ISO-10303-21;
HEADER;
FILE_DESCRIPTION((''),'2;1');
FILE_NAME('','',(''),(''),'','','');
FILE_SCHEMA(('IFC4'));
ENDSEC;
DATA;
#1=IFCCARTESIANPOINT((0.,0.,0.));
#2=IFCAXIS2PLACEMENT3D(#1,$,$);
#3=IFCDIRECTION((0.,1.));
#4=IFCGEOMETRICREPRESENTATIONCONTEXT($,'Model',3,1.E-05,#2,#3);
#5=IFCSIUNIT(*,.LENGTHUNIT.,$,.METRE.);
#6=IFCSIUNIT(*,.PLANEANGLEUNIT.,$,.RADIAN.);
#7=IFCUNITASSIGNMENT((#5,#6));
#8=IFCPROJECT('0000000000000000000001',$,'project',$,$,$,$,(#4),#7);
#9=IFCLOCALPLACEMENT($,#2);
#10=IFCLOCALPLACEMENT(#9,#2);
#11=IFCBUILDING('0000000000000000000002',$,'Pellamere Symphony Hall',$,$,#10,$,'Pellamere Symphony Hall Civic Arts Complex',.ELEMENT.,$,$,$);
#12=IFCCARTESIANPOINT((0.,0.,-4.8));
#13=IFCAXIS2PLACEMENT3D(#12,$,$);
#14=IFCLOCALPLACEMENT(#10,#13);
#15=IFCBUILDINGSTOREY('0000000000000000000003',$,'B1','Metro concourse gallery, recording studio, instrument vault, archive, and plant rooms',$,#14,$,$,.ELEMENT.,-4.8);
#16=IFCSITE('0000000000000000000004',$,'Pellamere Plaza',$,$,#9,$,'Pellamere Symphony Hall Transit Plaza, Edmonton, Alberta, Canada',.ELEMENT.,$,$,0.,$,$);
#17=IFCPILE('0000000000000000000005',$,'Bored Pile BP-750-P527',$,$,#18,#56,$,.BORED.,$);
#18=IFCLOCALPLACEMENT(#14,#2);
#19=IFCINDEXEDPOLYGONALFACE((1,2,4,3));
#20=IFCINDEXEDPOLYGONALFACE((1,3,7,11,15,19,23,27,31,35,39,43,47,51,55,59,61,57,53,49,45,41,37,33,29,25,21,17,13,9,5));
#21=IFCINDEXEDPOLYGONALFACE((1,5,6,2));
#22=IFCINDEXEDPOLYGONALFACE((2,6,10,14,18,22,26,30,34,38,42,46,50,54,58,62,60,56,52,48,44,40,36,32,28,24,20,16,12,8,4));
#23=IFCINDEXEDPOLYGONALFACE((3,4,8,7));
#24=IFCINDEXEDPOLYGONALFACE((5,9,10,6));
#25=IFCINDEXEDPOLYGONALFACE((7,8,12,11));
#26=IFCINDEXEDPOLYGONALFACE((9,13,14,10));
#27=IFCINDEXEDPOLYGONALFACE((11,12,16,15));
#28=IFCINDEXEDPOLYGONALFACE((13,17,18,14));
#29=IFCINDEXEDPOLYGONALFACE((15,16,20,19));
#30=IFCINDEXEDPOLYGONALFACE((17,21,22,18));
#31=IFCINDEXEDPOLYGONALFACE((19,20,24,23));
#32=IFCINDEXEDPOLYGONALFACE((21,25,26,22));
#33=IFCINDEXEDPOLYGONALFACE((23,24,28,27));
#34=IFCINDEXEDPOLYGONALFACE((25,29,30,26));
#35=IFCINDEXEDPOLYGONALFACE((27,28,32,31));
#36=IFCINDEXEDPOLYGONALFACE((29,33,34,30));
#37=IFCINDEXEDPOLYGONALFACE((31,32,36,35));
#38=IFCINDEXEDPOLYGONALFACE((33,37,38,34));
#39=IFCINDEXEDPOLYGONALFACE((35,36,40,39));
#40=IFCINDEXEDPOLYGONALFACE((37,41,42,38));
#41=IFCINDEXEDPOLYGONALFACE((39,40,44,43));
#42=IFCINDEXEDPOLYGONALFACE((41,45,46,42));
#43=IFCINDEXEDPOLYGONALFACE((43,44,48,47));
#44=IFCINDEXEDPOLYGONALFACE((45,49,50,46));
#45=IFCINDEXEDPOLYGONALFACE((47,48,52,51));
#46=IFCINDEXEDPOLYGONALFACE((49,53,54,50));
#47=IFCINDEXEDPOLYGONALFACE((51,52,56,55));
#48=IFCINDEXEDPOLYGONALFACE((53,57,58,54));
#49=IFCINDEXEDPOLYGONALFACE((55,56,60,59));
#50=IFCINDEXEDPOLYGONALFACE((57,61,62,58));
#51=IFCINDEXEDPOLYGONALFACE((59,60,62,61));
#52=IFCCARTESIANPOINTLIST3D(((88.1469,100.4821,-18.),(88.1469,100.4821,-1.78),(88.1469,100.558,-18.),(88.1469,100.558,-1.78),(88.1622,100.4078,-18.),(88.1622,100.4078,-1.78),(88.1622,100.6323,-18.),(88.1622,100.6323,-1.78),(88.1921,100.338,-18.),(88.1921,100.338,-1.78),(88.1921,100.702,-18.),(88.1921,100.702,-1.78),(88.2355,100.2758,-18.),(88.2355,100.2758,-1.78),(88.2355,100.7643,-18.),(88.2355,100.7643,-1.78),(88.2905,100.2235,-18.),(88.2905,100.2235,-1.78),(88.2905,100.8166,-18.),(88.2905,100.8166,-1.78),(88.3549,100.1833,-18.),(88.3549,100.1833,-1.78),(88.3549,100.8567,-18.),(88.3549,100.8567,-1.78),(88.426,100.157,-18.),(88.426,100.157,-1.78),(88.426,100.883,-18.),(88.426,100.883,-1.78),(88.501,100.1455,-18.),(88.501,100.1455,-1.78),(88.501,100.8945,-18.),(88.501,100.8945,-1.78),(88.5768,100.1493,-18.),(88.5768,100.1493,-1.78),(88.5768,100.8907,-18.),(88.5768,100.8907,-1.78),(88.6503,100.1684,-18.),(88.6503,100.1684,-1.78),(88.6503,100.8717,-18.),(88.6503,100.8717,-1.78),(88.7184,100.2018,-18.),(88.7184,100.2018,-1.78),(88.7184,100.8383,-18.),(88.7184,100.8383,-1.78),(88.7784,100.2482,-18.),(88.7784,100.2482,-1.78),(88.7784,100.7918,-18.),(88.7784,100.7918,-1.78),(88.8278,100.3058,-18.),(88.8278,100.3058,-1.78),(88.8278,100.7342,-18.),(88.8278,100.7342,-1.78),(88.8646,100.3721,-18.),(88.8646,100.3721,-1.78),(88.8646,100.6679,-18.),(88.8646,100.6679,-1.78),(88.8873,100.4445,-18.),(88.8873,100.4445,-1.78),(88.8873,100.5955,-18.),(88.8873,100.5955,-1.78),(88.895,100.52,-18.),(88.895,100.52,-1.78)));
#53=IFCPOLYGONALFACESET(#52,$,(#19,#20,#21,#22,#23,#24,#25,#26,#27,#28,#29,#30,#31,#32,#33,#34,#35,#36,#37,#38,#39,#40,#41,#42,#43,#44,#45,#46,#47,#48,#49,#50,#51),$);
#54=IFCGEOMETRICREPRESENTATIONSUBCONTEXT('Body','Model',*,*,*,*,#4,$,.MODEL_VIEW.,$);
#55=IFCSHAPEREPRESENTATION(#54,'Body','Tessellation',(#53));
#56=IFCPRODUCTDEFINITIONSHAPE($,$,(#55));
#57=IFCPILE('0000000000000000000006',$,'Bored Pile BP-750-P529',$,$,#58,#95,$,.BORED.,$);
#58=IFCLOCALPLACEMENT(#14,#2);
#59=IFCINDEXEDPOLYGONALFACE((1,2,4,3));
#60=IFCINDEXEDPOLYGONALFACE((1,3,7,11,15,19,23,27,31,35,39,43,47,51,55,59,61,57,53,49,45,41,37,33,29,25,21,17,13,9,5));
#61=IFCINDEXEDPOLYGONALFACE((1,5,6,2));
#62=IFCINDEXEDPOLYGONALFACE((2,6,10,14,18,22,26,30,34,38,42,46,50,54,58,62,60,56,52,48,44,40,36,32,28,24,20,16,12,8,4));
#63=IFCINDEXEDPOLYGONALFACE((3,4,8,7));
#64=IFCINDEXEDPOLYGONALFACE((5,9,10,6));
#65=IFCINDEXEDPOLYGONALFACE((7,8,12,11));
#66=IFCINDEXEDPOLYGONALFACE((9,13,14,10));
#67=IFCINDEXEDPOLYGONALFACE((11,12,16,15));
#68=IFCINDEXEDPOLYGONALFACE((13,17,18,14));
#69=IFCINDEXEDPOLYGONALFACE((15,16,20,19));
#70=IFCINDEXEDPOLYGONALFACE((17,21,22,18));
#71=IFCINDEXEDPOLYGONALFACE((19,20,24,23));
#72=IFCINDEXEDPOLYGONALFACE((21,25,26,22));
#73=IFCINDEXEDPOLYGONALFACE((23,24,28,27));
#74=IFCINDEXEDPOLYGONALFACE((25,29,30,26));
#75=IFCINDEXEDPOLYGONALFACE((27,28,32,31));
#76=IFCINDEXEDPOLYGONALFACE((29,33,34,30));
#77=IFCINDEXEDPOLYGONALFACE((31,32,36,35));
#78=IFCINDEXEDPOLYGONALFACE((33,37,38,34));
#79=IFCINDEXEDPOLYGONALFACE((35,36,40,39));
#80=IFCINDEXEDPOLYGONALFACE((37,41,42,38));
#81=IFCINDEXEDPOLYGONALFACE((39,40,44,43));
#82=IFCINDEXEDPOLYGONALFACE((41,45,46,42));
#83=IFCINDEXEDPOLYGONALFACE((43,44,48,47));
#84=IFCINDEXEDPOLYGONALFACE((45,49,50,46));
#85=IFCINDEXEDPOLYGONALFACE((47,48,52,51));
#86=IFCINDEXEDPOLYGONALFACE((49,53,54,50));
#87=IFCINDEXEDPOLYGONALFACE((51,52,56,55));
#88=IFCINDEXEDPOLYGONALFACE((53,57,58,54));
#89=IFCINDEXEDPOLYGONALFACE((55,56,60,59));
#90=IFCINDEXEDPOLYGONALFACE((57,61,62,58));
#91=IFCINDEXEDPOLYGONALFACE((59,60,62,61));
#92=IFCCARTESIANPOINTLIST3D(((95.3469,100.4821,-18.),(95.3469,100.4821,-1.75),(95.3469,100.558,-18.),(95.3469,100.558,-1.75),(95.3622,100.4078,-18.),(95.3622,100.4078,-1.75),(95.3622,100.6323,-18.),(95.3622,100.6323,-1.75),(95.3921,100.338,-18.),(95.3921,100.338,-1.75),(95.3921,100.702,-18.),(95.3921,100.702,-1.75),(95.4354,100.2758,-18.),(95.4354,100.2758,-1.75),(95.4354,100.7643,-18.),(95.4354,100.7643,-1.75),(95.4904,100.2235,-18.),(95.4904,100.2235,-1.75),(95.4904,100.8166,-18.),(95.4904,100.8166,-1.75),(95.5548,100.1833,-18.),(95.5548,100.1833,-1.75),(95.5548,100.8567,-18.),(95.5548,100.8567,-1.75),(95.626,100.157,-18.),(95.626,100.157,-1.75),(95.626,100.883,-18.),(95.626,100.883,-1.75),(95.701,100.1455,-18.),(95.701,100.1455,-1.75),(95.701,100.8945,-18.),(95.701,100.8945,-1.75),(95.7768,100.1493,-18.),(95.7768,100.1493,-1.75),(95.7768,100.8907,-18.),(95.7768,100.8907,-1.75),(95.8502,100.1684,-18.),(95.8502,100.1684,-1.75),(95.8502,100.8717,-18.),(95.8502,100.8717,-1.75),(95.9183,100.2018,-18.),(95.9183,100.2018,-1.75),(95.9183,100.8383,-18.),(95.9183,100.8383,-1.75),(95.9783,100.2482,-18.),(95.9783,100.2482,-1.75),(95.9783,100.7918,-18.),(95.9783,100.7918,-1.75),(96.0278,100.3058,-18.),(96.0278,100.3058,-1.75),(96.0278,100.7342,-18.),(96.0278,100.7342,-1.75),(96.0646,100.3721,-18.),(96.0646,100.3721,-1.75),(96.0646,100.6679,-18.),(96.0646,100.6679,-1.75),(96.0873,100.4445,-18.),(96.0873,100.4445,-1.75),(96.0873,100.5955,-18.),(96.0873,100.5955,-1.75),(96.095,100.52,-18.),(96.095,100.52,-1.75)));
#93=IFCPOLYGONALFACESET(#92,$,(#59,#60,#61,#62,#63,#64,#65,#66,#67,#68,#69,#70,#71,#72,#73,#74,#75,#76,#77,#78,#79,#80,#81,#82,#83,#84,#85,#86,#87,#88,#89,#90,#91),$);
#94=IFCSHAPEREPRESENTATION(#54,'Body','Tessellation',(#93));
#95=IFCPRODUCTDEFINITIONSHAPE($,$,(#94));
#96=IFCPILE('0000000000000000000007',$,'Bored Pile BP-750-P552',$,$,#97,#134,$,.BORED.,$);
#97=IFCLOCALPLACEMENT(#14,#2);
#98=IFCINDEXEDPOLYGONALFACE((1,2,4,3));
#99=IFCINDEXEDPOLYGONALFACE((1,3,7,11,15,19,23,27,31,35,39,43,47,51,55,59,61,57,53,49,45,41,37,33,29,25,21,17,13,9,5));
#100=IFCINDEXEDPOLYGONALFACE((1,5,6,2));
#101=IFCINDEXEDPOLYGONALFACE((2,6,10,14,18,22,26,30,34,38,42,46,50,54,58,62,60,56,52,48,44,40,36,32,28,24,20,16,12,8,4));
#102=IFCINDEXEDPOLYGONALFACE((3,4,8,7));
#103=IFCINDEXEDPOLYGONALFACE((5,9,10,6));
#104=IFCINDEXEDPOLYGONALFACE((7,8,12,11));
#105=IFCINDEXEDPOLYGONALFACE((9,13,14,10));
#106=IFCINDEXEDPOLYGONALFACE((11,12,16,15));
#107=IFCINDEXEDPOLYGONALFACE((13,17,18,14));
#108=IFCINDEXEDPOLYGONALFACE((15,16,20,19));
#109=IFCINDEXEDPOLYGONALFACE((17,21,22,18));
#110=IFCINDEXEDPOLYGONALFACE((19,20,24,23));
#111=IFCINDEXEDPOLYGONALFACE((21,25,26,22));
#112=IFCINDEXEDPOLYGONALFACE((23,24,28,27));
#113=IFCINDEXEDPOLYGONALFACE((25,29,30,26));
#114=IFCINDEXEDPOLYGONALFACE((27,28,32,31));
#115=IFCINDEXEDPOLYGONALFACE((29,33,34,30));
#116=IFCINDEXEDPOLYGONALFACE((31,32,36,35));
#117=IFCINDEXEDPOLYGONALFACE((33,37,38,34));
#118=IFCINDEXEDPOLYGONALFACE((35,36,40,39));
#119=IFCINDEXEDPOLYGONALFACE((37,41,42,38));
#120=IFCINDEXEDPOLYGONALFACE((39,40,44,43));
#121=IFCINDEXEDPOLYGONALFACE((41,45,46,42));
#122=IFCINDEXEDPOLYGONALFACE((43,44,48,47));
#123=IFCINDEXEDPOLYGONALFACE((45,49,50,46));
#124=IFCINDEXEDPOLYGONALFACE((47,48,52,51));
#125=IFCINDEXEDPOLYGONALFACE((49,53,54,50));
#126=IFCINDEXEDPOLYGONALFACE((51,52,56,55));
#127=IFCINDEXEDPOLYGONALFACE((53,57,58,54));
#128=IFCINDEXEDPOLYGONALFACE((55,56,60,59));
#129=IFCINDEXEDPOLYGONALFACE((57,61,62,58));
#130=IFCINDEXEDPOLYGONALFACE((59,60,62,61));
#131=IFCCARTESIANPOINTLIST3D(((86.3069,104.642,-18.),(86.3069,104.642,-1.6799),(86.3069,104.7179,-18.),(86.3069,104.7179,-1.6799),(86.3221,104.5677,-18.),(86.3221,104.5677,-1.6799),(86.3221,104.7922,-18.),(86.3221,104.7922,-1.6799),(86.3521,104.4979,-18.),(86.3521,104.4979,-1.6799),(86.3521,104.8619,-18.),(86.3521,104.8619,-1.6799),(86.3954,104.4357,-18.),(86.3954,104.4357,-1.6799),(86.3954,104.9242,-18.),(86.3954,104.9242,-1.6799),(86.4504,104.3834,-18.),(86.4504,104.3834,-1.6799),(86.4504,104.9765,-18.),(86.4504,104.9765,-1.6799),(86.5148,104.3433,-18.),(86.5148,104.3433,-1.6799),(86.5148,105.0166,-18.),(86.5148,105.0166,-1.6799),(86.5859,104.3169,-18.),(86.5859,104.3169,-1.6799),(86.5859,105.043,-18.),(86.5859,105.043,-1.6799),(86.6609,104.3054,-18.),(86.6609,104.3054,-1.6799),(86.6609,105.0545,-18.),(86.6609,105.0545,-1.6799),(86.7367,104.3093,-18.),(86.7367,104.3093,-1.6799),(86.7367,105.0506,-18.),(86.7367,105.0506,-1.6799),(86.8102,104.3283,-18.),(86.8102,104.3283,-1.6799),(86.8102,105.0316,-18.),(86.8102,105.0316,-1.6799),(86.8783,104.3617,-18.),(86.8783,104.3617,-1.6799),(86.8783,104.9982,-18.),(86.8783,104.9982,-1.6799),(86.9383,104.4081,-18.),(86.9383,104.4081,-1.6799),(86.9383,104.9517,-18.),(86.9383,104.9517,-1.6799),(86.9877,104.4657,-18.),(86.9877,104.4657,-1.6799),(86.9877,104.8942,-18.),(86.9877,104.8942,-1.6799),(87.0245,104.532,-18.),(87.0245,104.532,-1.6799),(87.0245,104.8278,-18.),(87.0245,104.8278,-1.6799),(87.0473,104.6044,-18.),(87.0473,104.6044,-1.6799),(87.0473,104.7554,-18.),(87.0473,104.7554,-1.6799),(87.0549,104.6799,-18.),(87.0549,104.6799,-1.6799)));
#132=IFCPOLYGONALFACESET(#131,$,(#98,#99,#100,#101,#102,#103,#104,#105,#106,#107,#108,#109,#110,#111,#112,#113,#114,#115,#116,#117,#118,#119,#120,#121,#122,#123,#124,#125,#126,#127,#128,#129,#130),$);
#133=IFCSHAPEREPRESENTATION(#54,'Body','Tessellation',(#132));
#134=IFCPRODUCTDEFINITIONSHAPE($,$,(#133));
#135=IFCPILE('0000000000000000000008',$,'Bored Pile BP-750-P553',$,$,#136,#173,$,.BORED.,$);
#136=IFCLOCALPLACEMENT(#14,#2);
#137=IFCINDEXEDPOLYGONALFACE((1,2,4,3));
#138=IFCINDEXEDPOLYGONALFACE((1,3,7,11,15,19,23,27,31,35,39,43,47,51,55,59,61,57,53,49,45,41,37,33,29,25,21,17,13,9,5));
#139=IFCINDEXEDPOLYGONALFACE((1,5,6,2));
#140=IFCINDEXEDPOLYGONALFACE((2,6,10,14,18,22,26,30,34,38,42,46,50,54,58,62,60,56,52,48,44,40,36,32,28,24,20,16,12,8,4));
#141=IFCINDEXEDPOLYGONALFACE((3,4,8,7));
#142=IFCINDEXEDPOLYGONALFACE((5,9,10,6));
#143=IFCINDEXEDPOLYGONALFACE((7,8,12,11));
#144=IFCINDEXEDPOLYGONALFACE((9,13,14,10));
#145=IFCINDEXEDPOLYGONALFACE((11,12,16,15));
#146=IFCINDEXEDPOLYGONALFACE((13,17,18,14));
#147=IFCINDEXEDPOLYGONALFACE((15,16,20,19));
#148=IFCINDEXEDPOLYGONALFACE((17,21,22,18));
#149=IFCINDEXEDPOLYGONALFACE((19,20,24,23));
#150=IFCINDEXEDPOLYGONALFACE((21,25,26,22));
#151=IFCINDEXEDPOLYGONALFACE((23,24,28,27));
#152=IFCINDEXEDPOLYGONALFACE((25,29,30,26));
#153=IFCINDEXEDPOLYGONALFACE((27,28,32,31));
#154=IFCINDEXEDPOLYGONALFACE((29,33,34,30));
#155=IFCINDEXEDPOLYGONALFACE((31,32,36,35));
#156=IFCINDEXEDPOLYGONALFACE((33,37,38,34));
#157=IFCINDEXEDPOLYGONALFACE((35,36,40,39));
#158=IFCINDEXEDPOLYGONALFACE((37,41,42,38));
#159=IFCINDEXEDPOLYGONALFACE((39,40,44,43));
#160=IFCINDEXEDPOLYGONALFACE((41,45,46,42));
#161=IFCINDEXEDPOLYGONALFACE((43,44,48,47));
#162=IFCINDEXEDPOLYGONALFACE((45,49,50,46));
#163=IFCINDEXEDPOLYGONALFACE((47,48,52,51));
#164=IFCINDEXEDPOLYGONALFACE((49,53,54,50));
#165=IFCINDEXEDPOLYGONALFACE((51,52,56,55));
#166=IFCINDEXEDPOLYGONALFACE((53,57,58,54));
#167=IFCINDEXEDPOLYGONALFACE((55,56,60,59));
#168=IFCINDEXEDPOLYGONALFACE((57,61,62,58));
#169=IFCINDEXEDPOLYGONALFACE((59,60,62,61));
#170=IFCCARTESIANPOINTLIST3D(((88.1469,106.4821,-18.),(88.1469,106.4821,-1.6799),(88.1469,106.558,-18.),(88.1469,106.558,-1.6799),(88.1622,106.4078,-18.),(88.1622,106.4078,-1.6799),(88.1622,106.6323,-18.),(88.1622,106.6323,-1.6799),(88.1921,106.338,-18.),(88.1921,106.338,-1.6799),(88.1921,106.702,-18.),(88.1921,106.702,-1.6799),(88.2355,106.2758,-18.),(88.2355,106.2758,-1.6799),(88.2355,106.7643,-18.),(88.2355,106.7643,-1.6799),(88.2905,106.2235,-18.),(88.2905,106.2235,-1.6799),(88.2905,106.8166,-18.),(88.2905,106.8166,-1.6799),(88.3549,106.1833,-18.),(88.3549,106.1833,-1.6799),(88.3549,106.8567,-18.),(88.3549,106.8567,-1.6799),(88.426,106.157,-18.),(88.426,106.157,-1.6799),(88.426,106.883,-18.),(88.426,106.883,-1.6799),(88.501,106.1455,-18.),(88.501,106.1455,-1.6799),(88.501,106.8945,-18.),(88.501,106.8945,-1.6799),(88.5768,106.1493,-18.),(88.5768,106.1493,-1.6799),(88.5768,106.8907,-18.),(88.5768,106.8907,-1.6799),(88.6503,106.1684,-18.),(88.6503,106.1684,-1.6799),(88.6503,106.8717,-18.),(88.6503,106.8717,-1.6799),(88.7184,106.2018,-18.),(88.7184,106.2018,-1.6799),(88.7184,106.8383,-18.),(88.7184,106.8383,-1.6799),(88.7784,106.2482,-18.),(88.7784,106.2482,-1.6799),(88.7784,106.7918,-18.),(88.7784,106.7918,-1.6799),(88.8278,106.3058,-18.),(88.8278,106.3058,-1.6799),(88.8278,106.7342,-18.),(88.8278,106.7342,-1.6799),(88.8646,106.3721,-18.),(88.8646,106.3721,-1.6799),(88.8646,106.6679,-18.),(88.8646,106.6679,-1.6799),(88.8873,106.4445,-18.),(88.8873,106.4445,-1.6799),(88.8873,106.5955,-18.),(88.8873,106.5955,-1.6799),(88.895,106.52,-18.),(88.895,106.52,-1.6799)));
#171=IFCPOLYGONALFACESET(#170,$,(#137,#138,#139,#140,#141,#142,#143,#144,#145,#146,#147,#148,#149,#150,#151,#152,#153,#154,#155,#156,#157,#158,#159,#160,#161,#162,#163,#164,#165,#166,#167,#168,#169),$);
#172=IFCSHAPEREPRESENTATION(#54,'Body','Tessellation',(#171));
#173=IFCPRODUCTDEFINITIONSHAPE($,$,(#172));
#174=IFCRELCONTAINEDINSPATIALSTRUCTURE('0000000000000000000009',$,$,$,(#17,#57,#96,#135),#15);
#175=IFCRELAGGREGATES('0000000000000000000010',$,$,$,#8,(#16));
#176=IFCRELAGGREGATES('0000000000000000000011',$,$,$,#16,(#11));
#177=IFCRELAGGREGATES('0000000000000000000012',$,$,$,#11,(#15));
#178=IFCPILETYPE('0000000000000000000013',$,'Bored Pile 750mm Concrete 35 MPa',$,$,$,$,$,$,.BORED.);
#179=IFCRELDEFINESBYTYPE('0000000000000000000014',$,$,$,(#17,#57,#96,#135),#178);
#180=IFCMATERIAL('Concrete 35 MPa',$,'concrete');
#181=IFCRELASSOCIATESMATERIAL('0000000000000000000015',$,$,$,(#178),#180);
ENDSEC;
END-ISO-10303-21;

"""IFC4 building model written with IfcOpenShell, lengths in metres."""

from ifc_helpers import new_model, si_unit, direction, frame, origin, origin_2d, place, context, subcontext, project, spatial, circle, extrude, material, material_profile, profile_set, type_object, element, save


model = new_model("IFC4")

# Units and contexts
model_context = context("Model", 3, precision=1e-05, world=origin(), true_north=direction((0.0, 1.0)))
body_context = subcontext(model_context, "Body", "Model", "MODEL_VIEW")
ifc_project = project(units=[si_unit("LENGTHUNIT", "METRE"), si_unit("PLANEANGLEUNIT", "RADIAN")], contexts=[model_context])

# Site, building, storey
site_placement = place(None, origin())
site = spatial("IfcSite", under=ifc_project, at=site_placement, Name="Pellamere Plaza", LongName="Pellamere Symphony Hall Transit Plaza, Edmonton, Alberta, Canada", CompositionType="ELEMENT", RefElevation=0.0)
building_placement = place(site_placement, origin())
building = spatial("IfcBuilding", under=site, at=building_placement, Name="Pellamere Symphony Hall", LongName="Pellamere Symphony Hall Civic Arts Complex", CompositionType="ELEMENT")
storey_placement = place(building_placement, frame((0.0, 0.0, -4.8)))
storey = spatial("IfcBuildingStorey", under=building, at=storey_placement, Name="B1", Description="Metro concourse gallery, recording studio, instrument vault, archive, and plant rooms", CompositionType="ELEMENT", Elevation=-4.8)

# Piles
ifc_material_1 = material(Name="Concrete 35 MPa", Category="concrete")
ifc_material_profile_1 = material_profile(ifc_material_1, circle(Radius=0.375, at=origin_2d()), Name="PILE D750")
ifc_profile_set_1 = profile_set([ifc_material_profile_1], Name="Concrete 35 MPa")
pile_type = type_object("IfcPileType", Name="Bored Pile 750mm Concrete 35 MPa", PredefinedType="BORED", material=ifc_profile_set_1)
pile_1_placement = place(storey_placement, frame((88.52, 100.52, -1.78), z_axis=(0.0, 0.0, -1.0), x_axis=(1.0, 0.0, 0.0)))
element("IfcPile", 1, at=pile_1_placement, inside=storey, type_object=pile_type, Name="Bored Pile BP-750-P527", PredefinedType="BORED", context=body_context, shape_type="SweptSolid", body=[
    extrude(circle(Radius=0.375, at=origin_2d()), origin(), (0.0, 0.0, 1.0), 16.22),
])
pile_2_placement = place(storey_placement, frame((95.72, 100.52, -1.75), z_axis=(0.0, 0.0, -1.0), x_axis=(1.0, 0.0, 0.0)))
element("IfcPile", 2, at=pile_2_placement, inside=storey, type_object=pile_type, Name="Bored Pile BP-750-P529", PredefinedType="BORED", context=body_context, shape_type="SweptSolid", body=[
    extrude(circle(Radius=0.375, at=origin_2d()), origin(), (0.0, 0.0, 1.0), 16.25),
])
for number, where, z_axis, x_axis, name in (
    (3, (86.6799, 104.6799, -1.6799), (0.0, 0.0, -1.0), (1.0, 0.0, 0.0), "Bored Pile BP-750-P552"),
    (4, (88.52, 106.52, -1.6799), (0.0, 0.0, -1.0), (1.0, 0.0, 0.0), "Bored Pile BP-750-P553"),
):
    element("IfcPile", number, at=place(storey_placement, frame(where, z_axis=z_axis, x_axis=x_axis)), inside=storey, type_object=pile_type, Name=name, PredefinedType="BORED", context=body_context, shape_type="SweptSolid", body=[
        extrude(circle(Radius=0.375, at=origin_2d()), origin(), (0.0, 0.0, 1.0), 16.3201),
    ])

save(model, "model.ifc")
